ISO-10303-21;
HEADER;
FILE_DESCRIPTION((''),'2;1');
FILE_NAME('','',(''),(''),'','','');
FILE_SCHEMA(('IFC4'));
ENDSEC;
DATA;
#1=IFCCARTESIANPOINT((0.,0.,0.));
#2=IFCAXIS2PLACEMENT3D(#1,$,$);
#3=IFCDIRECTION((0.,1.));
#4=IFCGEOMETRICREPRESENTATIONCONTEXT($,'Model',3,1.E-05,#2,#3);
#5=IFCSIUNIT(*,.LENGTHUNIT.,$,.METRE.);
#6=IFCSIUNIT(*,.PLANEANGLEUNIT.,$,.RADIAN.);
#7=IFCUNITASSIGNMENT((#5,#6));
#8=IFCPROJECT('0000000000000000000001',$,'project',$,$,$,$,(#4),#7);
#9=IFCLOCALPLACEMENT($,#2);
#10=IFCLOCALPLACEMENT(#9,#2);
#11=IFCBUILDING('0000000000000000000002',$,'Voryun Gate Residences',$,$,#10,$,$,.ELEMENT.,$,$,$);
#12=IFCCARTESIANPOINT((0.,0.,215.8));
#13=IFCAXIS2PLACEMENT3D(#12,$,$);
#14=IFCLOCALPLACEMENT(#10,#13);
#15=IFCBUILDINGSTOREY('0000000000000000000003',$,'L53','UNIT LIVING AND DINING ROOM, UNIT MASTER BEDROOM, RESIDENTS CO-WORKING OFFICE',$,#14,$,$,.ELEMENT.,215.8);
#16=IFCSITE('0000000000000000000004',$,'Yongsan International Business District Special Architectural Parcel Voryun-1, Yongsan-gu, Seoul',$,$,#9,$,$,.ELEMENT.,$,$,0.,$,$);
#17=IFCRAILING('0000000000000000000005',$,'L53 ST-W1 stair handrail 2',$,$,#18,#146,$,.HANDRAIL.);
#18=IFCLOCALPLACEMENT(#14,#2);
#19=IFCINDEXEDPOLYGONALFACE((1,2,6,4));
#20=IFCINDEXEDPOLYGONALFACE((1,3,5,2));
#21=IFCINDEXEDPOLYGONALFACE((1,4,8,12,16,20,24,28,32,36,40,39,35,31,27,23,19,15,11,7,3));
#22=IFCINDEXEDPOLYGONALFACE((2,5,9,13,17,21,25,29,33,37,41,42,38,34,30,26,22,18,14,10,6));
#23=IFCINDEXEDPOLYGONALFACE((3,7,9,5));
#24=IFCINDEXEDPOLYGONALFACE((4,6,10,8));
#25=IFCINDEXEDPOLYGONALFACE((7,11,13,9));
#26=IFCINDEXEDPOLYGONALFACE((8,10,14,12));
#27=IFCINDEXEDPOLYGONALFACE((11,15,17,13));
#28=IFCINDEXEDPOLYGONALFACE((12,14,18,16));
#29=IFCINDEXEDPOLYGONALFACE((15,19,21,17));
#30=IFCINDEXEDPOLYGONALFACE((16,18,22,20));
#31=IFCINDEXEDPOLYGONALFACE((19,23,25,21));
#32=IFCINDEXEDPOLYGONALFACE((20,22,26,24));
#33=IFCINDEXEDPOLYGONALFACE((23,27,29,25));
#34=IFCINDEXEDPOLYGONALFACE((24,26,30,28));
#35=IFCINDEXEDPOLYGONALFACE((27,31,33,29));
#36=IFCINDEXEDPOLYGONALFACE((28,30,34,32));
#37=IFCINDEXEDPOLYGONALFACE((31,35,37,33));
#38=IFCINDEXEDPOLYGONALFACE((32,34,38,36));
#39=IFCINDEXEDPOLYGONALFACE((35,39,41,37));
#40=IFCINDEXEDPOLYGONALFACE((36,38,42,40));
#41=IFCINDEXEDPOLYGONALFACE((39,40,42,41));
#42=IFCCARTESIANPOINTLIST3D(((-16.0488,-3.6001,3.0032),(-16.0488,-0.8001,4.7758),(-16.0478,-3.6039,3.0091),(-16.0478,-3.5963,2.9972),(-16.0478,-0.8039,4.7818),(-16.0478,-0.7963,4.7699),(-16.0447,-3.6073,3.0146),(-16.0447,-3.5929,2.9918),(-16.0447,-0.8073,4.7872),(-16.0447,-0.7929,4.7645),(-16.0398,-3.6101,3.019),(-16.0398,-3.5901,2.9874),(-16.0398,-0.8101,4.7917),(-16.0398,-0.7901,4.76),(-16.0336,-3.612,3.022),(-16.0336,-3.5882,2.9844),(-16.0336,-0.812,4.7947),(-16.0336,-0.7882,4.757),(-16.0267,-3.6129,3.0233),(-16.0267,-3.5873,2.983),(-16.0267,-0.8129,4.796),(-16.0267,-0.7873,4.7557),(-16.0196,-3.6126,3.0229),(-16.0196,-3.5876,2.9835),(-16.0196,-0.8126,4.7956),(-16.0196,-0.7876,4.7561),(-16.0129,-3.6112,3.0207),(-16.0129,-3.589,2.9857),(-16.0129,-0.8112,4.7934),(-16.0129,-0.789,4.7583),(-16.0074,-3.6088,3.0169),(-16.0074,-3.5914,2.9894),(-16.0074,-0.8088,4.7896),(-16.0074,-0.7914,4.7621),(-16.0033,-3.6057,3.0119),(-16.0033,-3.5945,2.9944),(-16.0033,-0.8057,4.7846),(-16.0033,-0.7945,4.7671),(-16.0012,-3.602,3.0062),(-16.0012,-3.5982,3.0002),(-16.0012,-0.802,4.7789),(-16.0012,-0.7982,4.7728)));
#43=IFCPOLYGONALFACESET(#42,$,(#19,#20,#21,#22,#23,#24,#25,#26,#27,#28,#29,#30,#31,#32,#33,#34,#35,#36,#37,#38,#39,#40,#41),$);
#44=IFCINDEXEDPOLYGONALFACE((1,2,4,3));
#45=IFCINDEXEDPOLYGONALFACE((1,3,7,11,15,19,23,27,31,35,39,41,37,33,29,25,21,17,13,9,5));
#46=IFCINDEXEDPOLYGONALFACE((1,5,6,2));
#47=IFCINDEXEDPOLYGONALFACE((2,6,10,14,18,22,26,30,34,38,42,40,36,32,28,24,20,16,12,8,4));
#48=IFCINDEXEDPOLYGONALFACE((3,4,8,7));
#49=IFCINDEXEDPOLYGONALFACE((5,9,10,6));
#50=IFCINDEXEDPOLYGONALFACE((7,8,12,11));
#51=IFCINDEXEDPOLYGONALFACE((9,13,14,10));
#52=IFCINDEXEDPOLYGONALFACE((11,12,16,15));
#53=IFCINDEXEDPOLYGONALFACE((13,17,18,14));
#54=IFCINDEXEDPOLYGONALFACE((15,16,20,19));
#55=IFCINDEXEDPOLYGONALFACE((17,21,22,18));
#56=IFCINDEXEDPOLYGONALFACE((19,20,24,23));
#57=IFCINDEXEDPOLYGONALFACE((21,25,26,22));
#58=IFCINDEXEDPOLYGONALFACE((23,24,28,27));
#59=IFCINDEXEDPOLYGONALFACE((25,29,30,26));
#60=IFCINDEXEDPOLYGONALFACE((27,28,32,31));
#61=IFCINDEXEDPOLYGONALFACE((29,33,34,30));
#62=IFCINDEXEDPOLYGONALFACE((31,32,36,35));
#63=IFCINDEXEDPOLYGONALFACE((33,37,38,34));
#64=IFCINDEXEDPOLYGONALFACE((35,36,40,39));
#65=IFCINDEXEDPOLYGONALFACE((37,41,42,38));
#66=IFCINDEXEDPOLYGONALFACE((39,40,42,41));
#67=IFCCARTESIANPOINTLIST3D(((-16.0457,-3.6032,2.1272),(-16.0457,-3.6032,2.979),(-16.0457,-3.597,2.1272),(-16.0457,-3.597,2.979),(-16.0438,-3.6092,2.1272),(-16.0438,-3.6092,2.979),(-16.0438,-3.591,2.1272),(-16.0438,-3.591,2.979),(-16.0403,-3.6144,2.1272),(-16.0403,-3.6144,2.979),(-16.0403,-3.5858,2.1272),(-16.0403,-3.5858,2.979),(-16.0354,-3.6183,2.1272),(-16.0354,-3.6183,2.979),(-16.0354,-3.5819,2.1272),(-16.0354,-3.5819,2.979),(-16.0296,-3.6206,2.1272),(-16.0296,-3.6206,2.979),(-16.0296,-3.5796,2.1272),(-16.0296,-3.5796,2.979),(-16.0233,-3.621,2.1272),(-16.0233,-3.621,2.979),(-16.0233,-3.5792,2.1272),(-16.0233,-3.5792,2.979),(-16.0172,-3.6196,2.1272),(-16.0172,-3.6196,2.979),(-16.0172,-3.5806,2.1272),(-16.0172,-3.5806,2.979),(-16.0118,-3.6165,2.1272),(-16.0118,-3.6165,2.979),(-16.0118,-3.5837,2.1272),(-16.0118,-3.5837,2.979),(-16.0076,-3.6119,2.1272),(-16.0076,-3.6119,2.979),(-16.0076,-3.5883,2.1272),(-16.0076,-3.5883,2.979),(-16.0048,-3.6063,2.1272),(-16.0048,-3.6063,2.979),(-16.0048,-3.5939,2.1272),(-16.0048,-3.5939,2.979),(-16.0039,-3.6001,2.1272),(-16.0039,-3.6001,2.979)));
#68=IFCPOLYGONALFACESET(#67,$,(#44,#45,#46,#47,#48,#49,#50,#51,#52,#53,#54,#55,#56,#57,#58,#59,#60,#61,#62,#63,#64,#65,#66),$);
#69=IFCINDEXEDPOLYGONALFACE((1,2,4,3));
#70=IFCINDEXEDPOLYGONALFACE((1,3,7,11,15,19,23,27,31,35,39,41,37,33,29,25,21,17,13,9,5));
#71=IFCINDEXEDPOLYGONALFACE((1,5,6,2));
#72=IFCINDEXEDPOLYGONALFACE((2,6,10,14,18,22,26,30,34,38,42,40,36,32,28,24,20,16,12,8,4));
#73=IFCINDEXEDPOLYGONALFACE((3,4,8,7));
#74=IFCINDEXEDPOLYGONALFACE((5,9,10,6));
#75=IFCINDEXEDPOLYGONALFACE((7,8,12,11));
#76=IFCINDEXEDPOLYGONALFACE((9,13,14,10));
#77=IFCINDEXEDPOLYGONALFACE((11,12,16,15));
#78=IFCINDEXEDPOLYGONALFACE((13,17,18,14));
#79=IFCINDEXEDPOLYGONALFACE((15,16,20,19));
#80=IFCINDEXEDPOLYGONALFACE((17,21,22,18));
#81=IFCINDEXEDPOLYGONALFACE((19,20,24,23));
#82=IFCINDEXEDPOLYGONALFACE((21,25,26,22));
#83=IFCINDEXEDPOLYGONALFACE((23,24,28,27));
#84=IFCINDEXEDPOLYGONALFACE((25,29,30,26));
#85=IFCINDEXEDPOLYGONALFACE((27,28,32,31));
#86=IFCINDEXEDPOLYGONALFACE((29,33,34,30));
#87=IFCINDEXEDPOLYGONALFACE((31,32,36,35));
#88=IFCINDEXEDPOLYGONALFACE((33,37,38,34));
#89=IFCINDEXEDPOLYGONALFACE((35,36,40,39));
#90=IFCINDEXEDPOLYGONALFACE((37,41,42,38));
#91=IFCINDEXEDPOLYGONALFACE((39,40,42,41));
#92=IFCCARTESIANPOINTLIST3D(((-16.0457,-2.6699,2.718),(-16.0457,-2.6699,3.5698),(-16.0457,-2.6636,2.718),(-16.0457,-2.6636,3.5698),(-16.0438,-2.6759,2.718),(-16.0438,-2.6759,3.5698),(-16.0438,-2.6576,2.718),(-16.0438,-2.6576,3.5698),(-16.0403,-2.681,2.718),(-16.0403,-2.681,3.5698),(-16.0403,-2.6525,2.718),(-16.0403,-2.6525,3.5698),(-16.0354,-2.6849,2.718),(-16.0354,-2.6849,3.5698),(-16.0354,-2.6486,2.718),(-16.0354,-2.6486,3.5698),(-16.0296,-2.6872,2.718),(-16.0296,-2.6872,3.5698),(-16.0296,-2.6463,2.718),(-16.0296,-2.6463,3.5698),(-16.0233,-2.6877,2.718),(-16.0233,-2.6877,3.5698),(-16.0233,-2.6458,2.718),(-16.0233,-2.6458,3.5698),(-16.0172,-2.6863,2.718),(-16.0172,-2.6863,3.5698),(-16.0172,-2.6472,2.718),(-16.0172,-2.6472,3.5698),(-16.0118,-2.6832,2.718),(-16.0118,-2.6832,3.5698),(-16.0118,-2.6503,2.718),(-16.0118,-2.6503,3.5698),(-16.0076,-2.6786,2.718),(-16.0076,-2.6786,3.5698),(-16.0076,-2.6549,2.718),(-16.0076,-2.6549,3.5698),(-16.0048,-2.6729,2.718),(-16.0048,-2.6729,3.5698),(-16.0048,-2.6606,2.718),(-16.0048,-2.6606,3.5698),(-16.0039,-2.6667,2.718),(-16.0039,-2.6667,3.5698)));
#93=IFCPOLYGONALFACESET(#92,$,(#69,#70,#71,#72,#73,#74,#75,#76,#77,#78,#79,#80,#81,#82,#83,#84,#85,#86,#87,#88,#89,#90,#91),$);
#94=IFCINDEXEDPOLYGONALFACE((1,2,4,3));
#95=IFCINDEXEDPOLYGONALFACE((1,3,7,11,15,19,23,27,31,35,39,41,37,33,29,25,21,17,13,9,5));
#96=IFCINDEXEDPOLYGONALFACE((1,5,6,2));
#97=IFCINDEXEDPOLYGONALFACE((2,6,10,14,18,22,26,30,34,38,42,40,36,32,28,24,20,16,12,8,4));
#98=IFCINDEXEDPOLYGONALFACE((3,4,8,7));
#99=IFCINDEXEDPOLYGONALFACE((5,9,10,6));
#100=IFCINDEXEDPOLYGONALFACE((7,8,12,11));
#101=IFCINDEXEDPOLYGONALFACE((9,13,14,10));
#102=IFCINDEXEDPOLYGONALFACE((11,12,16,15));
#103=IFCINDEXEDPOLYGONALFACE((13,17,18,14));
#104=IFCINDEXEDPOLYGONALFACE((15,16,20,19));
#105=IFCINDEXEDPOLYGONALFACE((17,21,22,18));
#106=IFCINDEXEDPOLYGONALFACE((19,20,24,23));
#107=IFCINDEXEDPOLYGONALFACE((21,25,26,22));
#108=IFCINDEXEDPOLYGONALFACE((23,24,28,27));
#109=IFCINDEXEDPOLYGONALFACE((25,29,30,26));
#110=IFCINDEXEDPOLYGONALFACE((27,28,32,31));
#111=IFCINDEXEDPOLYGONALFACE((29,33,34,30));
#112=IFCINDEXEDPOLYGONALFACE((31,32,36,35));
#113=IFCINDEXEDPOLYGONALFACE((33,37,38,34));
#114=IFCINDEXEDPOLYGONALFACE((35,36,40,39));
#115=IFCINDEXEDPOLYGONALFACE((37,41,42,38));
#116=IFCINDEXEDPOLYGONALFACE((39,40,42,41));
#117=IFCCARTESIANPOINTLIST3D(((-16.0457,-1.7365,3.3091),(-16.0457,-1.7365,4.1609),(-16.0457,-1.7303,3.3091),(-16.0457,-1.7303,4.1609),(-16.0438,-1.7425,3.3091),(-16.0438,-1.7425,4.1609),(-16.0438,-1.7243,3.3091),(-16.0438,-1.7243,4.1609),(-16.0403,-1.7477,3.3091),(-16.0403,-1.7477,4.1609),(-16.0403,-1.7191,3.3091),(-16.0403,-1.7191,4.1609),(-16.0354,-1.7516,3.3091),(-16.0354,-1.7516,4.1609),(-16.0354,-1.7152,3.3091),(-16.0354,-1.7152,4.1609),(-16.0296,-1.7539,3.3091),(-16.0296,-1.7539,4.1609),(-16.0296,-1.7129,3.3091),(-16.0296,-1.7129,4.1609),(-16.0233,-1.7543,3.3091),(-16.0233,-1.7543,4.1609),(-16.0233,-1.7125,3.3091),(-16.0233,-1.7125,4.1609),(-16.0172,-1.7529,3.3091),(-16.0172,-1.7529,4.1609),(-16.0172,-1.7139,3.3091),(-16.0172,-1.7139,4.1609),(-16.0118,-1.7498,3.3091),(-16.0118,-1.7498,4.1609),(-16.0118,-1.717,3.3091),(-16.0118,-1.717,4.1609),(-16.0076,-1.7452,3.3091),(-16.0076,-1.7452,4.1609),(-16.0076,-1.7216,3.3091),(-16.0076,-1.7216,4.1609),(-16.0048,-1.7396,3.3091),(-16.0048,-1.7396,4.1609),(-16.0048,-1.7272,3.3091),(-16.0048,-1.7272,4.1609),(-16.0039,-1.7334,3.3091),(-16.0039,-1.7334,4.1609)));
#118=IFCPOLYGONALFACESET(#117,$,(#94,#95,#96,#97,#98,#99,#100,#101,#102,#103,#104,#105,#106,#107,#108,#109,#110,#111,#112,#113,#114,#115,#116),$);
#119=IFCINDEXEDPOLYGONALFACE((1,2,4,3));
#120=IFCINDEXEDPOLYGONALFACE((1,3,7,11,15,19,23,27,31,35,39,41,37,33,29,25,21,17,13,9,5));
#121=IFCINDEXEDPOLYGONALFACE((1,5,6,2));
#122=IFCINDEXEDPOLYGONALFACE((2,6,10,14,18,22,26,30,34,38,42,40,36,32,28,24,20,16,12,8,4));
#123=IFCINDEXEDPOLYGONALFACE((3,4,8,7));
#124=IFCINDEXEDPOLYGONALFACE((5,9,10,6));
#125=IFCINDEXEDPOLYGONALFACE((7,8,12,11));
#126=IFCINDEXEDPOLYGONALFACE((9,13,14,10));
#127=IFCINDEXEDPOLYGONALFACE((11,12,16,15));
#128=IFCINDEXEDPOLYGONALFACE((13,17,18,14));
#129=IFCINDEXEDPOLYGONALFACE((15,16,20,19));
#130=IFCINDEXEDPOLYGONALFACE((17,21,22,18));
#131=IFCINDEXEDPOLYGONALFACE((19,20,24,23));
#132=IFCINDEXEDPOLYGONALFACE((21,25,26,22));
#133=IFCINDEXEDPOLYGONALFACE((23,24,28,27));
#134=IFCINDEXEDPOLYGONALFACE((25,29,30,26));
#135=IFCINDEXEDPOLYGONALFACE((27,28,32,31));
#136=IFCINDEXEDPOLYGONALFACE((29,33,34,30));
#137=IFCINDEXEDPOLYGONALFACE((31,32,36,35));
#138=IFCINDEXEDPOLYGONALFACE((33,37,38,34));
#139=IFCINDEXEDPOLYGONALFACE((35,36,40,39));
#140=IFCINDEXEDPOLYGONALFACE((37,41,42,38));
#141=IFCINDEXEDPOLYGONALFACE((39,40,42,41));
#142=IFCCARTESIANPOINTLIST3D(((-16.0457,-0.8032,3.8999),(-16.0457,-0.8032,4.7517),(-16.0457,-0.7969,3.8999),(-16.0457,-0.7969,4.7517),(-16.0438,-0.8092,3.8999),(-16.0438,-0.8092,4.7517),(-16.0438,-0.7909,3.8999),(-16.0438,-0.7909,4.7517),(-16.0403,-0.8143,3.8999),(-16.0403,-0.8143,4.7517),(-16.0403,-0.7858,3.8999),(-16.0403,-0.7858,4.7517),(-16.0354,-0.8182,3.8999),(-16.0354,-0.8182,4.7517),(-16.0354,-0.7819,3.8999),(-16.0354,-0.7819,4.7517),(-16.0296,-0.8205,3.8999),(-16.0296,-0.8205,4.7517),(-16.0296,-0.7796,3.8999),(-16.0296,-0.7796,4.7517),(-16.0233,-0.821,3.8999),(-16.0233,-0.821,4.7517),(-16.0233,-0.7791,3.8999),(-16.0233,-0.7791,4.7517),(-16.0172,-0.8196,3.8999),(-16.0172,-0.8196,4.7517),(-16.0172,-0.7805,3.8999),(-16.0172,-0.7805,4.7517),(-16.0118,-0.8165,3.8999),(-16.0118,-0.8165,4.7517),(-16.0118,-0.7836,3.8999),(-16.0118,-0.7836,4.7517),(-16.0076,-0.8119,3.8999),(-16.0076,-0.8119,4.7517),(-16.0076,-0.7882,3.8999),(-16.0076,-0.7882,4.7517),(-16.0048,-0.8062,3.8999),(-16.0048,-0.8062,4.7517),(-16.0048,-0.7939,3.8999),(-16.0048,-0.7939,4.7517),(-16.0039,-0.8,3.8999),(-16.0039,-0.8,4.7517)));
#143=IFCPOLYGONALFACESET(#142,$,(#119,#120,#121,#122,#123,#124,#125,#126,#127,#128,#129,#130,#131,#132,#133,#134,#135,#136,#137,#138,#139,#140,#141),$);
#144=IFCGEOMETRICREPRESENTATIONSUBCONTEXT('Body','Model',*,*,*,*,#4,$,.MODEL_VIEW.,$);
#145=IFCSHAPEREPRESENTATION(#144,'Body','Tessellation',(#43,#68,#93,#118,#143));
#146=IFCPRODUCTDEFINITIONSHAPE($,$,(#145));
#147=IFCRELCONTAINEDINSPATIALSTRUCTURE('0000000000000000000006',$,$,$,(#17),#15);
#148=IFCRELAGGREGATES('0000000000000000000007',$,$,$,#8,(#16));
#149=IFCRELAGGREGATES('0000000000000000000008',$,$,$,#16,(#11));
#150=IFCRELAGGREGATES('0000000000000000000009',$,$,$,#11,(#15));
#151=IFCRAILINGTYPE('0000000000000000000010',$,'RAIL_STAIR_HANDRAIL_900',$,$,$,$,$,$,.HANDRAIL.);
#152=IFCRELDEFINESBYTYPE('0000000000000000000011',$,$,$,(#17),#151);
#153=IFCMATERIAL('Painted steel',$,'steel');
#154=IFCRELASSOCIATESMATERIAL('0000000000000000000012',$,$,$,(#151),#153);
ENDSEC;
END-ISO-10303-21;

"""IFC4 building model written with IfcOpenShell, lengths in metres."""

from ifc_helpers import new_model, si_unit, direction, frame, origin, origin_2d, place, context, subcontext, project, spatial, circle, extrude, material, type_object, element, save


model = new_model("IFC4")

# Units and contexts
model_context = context("Model", 3, precision=1e-05, world=origin(), true_north=direction((0.0, 1.0)))
body_context = subcontext(model_context, "Body", "Model", "MODEL_VIEW")
ifc_project = project(units=[si_unit("LENGTHUNIT", "METRE"), si_unit("PLANEANGLEUNIT", "RADIAN")], contexts=[model_context])

# Site, building, storey
site_placement = place(None, origin())
site = spatial("IfcSite", under=ifc_project, at=site_placement, Name="Yongsan International Business District Special Architectural Parcel Voryun-1, Yongsan-gu, Seoul", CompositionType="ELEMENT", RefElevation=0.0)
building_placement = place(site_placement, origin())
building = spatial("IfcBuilding", under=site, at=building_placement, Name="Voryun Gate Residences", CompositionType="ELEMENT")
storey_placement = place(building_placement, frame((0.0, 0.0, 215.8)))
storey = spatial("IfcBuildingStorey", under=building, at=storey_placement, Name="L53", Description="UNIT LIVING AND DINING ROOM, UNIT MASTER BEDROOM, RESIDENTS CO-WORKING OFFICE", CompositionType="ELEMENT", Elevation=215.8)

# Railing
ifc_material_1 = material(Name="Painted steel", Category="steel")
railing_type_1 = type_object("IfcRailingType", Name="RAIL_STAIR_HANDRAIL_900", PredefinedType="HANDRAIL", material=ifc_material_1)
railing_1_placement = place(storey_placement, frame((-16.0249, -3.6001, 2.1272)))
element("IfcRailing", 1, at=railing_1_placement, inside=storey, type_object=railing_type_1, Name="L53 ST-W1 stair handrail 2", PredefinedType="HANDRAIL", context=body_context, shape_type="SweptSolid", body=[
    extrude(circle(Radius=0.0239, at=origin_2d()), frame((0.0, 0.0, 0.876), z_axis=(0.0, 0.844909, 0.53491), x_axis=(-1.0, 0.0, 0.0)), (0.0, 0.0, 1.0), 3.314),
    extrude(circle(Radius=0.021, at=origin_2d()), origin(), (0.0, 0.0, 1.0), 0.8518),
    extrude(circle(Radius=0.021, at=origin_2d()), frame((0.0, 0.9333, 0.5908)), (0.0, 0.0, 1.0), 0.8518),
    extrude(circle(Radius=0.021, at=origin_2d()), frame((0.0, 1.8667, 1.1819)), (0.0, 0.0, 1.0), 0.8518),
    extrude(circle(Radius=0.021, at=origin_2d()), frame((0.0, 2.8, 1.7727)), (0.0, 0.0, 1.0), 0.8518),
])

save(model, "model.ifc")
